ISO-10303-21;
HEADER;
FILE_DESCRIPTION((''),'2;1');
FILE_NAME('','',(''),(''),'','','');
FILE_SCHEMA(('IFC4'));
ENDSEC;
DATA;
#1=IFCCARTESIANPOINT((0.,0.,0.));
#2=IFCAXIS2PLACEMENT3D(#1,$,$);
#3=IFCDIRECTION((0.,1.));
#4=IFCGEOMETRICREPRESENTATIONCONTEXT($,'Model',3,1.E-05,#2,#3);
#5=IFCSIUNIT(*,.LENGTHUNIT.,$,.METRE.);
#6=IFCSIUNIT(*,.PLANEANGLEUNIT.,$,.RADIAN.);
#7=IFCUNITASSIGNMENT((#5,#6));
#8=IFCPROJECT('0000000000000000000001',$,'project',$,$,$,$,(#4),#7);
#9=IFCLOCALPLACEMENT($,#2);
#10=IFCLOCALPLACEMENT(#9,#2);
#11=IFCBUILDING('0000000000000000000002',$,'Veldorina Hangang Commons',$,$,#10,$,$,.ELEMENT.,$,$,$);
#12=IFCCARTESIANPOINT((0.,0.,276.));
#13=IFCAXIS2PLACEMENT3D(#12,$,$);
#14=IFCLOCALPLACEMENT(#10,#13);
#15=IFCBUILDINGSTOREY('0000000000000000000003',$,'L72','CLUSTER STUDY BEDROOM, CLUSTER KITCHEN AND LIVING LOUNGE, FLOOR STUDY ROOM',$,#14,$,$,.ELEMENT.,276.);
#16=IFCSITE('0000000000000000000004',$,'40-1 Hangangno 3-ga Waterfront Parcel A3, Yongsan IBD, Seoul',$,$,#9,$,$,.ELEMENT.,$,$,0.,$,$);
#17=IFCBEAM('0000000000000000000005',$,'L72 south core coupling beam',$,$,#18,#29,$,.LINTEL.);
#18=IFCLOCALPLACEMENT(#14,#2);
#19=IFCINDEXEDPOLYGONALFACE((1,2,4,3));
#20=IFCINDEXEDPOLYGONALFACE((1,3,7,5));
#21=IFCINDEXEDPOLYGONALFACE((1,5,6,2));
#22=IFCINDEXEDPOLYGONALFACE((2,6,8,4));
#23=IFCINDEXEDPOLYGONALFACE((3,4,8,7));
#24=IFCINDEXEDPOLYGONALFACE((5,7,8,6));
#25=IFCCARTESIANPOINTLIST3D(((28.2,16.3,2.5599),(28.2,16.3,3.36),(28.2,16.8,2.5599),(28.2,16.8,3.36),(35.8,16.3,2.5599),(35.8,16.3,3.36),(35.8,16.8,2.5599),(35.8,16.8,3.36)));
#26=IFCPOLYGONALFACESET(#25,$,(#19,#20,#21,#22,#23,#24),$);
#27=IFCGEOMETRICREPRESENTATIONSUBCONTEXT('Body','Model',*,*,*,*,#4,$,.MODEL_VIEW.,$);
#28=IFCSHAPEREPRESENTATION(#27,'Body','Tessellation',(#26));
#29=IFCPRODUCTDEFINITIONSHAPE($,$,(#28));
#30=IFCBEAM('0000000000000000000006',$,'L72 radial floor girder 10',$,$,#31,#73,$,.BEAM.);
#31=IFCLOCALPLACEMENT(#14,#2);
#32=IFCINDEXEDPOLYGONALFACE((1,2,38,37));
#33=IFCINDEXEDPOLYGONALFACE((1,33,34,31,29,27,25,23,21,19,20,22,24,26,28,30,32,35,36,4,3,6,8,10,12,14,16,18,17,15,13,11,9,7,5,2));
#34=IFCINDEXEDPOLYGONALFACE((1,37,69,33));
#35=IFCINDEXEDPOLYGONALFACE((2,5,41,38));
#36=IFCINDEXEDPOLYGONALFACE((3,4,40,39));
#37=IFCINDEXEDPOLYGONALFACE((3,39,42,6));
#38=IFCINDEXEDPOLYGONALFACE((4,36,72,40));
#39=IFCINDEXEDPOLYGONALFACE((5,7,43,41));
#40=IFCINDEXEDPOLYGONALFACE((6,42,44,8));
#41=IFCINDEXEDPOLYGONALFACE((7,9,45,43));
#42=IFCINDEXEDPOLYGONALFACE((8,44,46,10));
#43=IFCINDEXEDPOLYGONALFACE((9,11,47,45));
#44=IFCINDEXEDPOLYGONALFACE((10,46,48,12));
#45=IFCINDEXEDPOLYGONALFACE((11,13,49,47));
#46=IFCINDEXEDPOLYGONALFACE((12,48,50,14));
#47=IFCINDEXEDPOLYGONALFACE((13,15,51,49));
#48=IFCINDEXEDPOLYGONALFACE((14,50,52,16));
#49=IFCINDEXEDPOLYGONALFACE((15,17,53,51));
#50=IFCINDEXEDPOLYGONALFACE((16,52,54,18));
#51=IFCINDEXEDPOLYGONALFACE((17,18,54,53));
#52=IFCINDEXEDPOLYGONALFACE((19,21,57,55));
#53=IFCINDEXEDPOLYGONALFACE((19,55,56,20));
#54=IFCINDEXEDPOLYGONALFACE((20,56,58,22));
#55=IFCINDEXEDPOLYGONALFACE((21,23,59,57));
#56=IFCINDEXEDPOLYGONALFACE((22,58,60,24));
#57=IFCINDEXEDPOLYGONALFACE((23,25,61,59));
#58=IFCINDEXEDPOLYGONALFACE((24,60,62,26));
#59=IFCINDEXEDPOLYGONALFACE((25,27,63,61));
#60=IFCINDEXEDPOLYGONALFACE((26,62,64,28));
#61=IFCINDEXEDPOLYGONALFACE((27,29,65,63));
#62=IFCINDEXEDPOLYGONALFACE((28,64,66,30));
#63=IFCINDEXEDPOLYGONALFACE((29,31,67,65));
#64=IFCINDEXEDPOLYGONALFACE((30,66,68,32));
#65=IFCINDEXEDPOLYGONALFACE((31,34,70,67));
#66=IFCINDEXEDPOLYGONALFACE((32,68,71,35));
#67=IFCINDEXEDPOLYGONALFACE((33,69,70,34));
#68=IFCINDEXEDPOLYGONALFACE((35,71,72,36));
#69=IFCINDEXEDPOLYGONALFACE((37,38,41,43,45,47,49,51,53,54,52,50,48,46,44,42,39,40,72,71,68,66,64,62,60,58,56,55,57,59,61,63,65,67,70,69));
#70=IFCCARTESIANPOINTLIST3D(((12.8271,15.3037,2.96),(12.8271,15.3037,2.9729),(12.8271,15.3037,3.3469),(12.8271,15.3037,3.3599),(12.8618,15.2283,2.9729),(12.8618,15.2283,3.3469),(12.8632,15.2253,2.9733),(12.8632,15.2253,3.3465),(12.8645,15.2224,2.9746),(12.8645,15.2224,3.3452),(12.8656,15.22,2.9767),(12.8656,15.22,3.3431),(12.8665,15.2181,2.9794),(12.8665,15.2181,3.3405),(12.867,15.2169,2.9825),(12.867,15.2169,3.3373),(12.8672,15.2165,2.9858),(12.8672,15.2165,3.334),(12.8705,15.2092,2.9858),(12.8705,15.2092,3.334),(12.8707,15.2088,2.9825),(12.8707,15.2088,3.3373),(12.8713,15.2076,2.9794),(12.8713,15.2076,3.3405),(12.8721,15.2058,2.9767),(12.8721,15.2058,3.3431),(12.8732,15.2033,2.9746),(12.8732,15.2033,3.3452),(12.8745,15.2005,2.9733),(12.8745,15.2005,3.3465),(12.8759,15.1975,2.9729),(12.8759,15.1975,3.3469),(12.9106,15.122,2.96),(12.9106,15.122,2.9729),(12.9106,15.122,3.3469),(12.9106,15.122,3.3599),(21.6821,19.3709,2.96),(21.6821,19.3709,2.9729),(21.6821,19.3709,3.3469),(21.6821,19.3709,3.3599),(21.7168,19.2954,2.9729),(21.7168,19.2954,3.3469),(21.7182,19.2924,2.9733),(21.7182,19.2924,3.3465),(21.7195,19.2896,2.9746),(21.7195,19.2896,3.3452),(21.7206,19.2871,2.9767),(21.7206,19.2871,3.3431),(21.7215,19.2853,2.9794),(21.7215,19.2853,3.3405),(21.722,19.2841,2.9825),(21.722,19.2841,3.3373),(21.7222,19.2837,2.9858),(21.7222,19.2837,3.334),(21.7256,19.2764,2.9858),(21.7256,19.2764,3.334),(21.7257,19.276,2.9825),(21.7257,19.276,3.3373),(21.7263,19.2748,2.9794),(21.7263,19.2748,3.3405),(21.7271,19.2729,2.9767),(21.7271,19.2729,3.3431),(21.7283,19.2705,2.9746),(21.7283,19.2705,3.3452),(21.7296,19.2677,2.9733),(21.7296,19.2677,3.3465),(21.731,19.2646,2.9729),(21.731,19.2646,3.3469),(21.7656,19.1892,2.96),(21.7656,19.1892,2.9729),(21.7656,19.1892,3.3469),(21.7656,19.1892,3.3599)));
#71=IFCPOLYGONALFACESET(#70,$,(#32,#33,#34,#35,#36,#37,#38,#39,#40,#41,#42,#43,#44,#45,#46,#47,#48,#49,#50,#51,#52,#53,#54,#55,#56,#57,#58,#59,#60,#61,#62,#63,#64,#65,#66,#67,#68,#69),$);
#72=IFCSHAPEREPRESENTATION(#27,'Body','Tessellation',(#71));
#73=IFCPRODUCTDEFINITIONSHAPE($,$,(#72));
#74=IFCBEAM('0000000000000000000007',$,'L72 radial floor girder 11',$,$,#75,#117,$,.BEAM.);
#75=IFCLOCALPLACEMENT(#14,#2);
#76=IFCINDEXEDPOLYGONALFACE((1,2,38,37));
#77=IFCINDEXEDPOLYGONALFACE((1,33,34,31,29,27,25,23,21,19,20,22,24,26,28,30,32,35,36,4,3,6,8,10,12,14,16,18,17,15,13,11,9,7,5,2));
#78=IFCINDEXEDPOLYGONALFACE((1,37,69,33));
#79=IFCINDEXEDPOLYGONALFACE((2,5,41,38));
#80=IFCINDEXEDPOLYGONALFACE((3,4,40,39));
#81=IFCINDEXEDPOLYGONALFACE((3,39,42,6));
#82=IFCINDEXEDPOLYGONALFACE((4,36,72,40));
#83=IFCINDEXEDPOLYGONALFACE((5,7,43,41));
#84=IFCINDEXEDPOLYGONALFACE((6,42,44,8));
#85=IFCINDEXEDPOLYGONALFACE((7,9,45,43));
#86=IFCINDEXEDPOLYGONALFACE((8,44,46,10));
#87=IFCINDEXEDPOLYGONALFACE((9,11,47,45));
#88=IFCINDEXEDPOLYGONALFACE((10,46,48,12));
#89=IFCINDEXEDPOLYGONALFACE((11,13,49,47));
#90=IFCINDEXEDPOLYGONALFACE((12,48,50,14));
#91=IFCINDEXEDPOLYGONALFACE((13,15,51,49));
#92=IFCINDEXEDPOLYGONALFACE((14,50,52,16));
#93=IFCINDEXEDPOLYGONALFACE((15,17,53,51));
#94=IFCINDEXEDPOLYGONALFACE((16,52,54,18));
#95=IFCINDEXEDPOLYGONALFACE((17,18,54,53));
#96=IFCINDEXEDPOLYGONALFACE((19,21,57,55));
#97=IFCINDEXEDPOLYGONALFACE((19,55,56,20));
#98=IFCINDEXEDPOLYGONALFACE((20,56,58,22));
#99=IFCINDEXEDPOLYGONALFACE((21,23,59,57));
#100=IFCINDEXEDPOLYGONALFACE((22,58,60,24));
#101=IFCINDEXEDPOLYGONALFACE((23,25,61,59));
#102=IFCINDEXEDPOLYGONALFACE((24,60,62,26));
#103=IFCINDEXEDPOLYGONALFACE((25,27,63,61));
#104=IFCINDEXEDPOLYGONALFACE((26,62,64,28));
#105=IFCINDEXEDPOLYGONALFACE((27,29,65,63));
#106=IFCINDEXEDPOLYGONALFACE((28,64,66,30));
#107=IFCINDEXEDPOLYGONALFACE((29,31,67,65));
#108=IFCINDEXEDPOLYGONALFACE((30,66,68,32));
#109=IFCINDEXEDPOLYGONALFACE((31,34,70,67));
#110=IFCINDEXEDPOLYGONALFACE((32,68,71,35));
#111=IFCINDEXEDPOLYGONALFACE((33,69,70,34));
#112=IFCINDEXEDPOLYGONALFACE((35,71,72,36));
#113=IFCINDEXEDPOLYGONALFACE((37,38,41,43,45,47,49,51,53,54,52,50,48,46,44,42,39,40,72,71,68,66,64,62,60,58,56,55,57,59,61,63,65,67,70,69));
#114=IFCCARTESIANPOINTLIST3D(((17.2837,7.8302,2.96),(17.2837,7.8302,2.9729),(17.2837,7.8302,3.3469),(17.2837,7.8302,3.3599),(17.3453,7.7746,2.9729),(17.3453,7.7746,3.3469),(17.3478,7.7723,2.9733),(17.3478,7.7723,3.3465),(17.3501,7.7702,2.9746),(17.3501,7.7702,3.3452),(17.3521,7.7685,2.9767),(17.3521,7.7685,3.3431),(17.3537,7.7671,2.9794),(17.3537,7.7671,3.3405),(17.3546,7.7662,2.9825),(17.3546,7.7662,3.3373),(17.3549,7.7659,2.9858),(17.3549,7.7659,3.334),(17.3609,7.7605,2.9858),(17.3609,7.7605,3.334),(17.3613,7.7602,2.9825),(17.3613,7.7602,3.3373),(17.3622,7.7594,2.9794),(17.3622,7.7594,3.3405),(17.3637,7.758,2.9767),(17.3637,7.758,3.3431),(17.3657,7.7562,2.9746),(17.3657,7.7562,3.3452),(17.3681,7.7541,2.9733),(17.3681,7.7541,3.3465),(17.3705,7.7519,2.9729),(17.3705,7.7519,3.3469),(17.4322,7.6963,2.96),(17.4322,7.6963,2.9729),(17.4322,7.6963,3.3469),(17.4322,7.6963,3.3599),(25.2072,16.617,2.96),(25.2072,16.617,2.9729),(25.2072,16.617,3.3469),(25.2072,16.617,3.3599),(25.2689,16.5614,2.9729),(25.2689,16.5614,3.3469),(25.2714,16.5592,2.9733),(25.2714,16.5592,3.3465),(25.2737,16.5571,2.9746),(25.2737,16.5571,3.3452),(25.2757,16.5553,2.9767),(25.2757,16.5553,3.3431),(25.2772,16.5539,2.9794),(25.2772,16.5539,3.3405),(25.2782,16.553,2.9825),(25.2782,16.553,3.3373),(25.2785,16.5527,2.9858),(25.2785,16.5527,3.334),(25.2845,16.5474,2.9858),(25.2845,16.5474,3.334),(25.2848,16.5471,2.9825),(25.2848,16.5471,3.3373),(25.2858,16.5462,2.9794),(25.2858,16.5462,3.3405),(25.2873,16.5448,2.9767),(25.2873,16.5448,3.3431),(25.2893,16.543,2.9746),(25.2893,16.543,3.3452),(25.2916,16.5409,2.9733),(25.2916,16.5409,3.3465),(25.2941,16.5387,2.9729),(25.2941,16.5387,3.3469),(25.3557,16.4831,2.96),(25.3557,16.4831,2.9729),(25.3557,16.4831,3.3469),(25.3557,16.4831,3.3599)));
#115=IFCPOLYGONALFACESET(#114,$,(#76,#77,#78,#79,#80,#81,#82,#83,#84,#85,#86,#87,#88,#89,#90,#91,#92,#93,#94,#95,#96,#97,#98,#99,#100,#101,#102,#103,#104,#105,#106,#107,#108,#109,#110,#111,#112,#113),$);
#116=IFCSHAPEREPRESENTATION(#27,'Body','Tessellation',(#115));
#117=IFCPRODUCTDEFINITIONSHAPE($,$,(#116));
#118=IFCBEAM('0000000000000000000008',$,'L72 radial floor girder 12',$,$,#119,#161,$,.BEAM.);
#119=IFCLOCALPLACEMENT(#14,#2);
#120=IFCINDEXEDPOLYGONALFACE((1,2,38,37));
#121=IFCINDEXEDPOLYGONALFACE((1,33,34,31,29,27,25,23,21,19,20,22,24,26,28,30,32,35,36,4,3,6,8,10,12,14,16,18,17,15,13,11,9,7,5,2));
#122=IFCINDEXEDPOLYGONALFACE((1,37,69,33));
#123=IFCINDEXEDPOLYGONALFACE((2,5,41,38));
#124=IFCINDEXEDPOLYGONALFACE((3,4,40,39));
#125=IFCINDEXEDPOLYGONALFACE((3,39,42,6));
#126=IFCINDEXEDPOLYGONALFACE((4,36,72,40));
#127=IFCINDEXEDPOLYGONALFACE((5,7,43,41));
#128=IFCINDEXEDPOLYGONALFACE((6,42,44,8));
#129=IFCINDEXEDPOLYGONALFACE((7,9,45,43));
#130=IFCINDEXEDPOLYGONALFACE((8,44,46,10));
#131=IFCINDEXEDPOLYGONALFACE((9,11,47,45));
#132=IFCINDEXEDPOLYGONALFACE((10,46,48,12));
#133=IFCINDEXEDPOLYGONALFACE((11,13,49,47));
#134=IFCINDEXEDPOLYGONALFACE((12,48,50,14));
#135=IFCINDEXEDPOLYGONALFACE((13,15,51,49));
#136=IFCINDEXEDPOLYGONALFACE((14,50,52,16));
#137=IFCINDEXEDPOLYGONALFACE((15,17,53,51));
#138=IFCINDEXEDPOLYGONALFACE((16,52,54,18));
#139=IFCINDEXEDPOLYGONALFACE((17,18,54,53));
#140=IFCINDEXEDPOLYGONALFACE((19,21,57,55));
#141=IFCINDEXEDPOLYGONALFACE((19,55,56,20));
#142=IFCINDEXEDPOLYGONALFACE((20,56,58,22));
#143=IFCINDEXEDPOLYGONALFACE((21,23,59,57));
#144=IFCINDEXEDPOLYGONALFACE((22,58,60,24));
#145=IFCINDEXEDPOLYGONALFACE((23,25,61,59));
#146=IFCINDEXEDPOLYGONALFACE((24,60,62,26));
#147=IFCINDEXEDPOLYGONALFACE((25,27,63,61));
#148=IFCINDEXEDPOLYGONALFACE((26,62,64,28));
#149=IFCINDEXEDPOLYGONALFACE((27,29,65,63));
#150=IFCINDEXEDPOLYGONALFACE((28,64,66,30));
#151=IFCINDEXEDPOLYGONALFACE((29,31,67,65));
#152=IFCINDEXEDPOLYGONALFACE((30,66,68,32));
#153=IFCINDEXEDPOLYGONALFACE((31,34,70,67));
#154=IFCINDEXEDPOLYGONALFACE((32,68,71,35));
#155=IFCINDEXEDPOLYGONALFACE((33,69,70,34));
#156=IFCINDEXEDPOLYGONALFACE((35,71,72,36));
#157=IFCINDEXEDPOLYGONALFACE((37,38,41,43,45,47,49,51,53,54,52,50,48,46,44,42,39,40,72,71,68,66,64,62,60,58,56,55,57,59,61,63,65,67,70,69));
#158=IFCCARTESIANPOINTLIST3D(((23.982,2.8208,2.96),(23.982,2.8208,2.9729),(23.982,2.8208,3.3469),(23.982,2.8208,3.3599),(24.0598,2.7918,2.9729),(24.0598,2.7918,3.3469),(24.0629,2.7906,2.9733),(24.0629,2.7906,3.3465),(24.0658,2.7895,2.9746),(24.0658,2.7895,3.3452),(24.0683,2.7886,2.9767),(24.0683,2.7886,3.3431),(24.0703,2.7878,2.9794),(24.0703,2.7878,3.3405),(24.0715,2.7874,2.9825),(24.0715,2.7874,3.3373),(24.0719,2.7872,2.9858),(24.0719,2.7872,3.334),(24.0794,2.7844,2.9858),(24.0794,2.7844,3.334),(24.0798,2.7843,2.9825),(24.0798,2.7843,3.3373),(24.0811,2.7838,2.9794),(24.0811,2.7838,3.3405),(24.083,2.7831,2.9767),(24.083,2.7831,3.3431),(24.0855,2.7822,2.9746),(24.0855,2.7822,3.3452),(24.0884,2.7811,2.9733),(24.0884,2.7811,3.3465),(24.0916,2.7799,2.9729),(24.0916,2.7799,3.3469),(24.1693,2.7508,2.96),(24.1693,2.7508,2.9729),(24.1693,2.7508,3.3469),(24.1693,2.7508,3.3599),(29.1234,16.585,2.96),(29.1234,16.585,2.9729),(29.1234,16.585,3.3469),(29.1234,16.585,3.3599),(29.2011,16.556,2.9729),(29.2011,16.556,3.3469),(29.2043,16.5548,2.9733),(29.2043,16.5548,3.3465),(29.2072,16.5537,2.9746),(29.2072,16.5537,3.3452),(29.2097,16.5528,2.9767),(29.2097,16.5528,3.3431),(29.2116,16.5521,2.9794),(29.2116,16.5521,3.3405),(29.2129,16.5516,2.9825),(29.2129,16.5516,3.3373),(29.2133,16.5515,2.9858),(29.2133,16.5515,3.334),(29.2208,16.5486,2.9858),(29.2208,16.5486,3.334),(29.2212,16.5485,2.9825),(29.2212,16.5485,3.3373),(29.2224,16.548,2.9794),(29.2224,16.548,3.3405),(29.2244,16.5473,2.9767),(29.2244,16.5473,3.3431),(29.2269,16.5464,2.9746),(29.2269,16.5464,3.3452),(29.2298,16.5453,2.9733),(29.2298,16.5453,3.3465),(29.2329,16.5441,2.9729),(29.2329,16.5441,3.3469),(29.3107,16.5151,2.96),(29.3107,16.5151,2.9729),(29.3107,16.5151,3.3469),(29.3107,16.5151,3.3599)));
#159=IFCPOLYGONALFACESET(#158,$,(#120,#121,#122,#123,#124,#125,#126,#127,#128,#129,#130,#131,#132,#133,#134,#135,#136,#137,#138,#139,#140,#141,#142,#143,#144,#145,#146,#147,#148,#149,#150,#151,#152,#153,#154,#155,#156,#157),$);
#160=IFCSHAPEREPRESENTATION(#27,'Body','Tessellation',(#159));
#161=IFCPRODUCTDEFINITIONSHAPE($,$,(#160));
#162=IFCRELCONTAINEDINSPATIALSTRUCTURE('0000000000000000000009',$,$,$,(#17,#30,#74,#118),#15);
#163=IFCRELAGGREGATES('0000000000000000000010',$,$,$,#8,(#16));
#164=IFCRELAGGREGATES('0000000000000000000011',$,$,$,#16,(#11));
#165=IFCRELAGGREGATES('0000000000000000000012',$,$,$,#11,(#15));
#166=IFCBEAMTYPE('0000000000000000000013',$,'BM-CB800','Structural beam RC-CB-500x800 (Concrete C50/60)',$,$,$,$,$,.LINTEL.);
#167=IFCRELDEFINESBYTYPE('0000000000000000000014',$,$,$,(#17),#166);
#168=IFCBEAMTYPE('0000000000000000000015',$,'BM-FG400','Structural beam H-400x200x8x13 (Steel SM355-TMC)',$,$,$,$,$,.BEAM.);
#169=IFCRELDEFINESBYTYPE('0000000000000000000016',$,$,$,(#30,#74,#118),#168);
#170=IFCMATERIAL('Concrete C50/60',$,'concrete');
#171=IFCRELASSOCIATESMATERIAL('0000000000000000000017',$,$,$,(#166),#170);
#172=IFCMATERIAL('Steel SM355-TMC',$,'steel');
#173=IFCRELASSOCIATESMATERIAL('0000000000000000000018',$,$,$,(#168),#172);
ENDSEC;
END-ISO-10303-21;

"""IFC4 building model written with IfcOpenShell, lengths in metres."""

from ifc_helpers import new_model, si_unit, direction, frame, origin, origin_2d, place, context, subcontext, project, spatial, rectangle, i_section, extrude, material, material_profile, profile_set, type_object, element, save


model = new_model("IFC4")

# Units and contexts
model_context = context("Model", 3, precision=1e-05, world=origin(), true_north=direction((0.0, 1.0)))
body_context = subcontext(model_context, "Body", "Model", "MODEL_VIEW")
ifc_project = project(units=[si_unit("LENGTHUNIT", "METRE"), si_unit("PLANEANGLEUNIT", "RADIAN")], contexts=[model_context])

# Site, building, storey
site_placement = place(None, origin())
site = spatial("IfcSite", under=ifc_project, at=site_placement, Name="40-1 Hangangno 3-ga Waterfront Parcel A3, Yongsan IBD, Seoul", CompositionType="ELEMENT", RefElevation=0.0)
building_placement = place(site_placement, origin())
building = spatial("IfcBuilding", under=site, at=building_placement, Name="Veldorina Hangang Commons", CompositionType="ELEMENT")
storey_placement = place(building_placement, frame((0.0, 0.0, 276.0)))
storey = spatial("IfcBuildingStorey", under=building, at=storey_placement, Name="L72", Description="CLUSTER STUDY BEDROOM, CLUSTER KITCHEN AND LIVING LOUNGE, FLOOR STUDY ROOM", CompositionType="ELEMENT", Elevation=276.0)

# Beams
ifc_material_1 = material(Name="Concrete C50/60", Category="concrete")
ifc_material_profile_1 = material_profile(ifc_material_1, rectangle(XDim=0.5, YDim=0.8, at=origin_2d()), Name="RC-CB-500x800")
ifc_profile_set_1 = profile_set([ifc_material_profile_1], Name="Concrete C50/60")
beam_type_1 = type_object("IfcBeamType", Name="BM-CB800", Description="Structural beam RC-CB-500x800 (Concrete C50/60)", PredefinedType="LINTEL", material=ifc_profile_set_1)
beam_1_placement = place(storey_placement, frame((28.2, 16.55, 2.96), z_axis=(1.0, 0.0, 0.0), x_axis=(0.0, 1.0, 0.0)))
element("IfcBeam", 1, at=beam_1_placement, inside=storey, type_object=beam_type_1, Name="L72 south core coupling beam", PredefinedType="LINTEL", context=body_context, shape_type="SweptSolid", body=[
    extrude(rectangle(XDim=0.5, YDim=0.8, at=origin_2d()), origin(), (0.0, 0.0, 1.0), 7.6001),
])
ifc_material_2 = material(Name="Steel SM355-TMC", Category="steel")
ifc_material_profile_2 = material_profile(ifc_material_2, i_section(OverallWidth=0.2, OverallDepth=0.3999, WebThickness=0.0081, FlangeThickness=0.0129, FilletRadius=0.0129, at=origin_2d()), Name="H-400x200x8x13")
ifc_profile_set_2 = profile_set([ifc_material_profile_2], Name="Steel SM355-TMC")
beam_type_2 = type_object("IfcBeamType", Name="BM-FG400", Description="Structural beam H-400x200x8x13 (Steel SM355-TMC)", PredefinedType="BEAM", material=ifc_profile_set_2)
beam_2_placement = place(storey_placement, frame((21.7239, 19.28, 3.1599), z_axis=(-0.90873, -0.417384, 0.0), x_axis=(0.417384, -0.90873, 0.0)))
element("IfcBeam", 2, at=beam_2_placement, inside=storey, type_object=beam_type_2, Name="L72 radial floor girder 10", PredefinedType="BEAM", context=body_context, shape_type="SweptSolid", body=[
    extrude(i_section(OverallWidth=0.2, OverallDepth=0.3999, WebThickness=0.0081, FlangeThickness=0.0129, FilletRadius=0.0129, at=origin_2d()), origin(), (0.0, 0.0, 1.0), 9.7444),
])
beam_3_placement = place(storey_placement, frame((25.2815, 16.55, 3.1599), z_axis=(-0.669684, -0.742646, 0.0), x_axis=(0.742646, -0.669684, 0.0)))
element("IfcBeam", 3, at=beam_3_placement, inside=storey, type_object=beam_type_2, Name="L72 radial floor girder 11", PredefinedType="BEAM", context=body_context, shape_type="SweptSolid", body=[
    extrude(i_section(OverallWidth=0.2, OverallDepth=0.3999, WebThickness=0.0081, FlangeThickness=0.0129, FilletRadius=0.0129, at=origin_2d()), origin(), (0.0, 0.0, 1.0), 11.8318),
])
beam_4_placement = place(storey_placement, frame((29.217, 16.55, 3.1599), z_axis=(-0.349918, -0.93678, 0.0), x_axis=(0.93678, -0.349918, 0.0)))
element("IfcBeam", 4, at=beam_4_placement, inside=storey, type_object=beam_type_2, Name="L72 radial floor girder 12", PredefinedType="BEAM", context=body_context, shape_type="SweptSolid", body=[
    extrude(i_section(OverallWidth=0.2, OverallDepth=0.3999, WebThickness=0.0081, FlangeThickness=0.0129, FilletRadius=0.0129, at=origin_2d()), origin(), (0.0, 0.0, 1.0), 14.6931),
])

save(model, "model.ifc")
